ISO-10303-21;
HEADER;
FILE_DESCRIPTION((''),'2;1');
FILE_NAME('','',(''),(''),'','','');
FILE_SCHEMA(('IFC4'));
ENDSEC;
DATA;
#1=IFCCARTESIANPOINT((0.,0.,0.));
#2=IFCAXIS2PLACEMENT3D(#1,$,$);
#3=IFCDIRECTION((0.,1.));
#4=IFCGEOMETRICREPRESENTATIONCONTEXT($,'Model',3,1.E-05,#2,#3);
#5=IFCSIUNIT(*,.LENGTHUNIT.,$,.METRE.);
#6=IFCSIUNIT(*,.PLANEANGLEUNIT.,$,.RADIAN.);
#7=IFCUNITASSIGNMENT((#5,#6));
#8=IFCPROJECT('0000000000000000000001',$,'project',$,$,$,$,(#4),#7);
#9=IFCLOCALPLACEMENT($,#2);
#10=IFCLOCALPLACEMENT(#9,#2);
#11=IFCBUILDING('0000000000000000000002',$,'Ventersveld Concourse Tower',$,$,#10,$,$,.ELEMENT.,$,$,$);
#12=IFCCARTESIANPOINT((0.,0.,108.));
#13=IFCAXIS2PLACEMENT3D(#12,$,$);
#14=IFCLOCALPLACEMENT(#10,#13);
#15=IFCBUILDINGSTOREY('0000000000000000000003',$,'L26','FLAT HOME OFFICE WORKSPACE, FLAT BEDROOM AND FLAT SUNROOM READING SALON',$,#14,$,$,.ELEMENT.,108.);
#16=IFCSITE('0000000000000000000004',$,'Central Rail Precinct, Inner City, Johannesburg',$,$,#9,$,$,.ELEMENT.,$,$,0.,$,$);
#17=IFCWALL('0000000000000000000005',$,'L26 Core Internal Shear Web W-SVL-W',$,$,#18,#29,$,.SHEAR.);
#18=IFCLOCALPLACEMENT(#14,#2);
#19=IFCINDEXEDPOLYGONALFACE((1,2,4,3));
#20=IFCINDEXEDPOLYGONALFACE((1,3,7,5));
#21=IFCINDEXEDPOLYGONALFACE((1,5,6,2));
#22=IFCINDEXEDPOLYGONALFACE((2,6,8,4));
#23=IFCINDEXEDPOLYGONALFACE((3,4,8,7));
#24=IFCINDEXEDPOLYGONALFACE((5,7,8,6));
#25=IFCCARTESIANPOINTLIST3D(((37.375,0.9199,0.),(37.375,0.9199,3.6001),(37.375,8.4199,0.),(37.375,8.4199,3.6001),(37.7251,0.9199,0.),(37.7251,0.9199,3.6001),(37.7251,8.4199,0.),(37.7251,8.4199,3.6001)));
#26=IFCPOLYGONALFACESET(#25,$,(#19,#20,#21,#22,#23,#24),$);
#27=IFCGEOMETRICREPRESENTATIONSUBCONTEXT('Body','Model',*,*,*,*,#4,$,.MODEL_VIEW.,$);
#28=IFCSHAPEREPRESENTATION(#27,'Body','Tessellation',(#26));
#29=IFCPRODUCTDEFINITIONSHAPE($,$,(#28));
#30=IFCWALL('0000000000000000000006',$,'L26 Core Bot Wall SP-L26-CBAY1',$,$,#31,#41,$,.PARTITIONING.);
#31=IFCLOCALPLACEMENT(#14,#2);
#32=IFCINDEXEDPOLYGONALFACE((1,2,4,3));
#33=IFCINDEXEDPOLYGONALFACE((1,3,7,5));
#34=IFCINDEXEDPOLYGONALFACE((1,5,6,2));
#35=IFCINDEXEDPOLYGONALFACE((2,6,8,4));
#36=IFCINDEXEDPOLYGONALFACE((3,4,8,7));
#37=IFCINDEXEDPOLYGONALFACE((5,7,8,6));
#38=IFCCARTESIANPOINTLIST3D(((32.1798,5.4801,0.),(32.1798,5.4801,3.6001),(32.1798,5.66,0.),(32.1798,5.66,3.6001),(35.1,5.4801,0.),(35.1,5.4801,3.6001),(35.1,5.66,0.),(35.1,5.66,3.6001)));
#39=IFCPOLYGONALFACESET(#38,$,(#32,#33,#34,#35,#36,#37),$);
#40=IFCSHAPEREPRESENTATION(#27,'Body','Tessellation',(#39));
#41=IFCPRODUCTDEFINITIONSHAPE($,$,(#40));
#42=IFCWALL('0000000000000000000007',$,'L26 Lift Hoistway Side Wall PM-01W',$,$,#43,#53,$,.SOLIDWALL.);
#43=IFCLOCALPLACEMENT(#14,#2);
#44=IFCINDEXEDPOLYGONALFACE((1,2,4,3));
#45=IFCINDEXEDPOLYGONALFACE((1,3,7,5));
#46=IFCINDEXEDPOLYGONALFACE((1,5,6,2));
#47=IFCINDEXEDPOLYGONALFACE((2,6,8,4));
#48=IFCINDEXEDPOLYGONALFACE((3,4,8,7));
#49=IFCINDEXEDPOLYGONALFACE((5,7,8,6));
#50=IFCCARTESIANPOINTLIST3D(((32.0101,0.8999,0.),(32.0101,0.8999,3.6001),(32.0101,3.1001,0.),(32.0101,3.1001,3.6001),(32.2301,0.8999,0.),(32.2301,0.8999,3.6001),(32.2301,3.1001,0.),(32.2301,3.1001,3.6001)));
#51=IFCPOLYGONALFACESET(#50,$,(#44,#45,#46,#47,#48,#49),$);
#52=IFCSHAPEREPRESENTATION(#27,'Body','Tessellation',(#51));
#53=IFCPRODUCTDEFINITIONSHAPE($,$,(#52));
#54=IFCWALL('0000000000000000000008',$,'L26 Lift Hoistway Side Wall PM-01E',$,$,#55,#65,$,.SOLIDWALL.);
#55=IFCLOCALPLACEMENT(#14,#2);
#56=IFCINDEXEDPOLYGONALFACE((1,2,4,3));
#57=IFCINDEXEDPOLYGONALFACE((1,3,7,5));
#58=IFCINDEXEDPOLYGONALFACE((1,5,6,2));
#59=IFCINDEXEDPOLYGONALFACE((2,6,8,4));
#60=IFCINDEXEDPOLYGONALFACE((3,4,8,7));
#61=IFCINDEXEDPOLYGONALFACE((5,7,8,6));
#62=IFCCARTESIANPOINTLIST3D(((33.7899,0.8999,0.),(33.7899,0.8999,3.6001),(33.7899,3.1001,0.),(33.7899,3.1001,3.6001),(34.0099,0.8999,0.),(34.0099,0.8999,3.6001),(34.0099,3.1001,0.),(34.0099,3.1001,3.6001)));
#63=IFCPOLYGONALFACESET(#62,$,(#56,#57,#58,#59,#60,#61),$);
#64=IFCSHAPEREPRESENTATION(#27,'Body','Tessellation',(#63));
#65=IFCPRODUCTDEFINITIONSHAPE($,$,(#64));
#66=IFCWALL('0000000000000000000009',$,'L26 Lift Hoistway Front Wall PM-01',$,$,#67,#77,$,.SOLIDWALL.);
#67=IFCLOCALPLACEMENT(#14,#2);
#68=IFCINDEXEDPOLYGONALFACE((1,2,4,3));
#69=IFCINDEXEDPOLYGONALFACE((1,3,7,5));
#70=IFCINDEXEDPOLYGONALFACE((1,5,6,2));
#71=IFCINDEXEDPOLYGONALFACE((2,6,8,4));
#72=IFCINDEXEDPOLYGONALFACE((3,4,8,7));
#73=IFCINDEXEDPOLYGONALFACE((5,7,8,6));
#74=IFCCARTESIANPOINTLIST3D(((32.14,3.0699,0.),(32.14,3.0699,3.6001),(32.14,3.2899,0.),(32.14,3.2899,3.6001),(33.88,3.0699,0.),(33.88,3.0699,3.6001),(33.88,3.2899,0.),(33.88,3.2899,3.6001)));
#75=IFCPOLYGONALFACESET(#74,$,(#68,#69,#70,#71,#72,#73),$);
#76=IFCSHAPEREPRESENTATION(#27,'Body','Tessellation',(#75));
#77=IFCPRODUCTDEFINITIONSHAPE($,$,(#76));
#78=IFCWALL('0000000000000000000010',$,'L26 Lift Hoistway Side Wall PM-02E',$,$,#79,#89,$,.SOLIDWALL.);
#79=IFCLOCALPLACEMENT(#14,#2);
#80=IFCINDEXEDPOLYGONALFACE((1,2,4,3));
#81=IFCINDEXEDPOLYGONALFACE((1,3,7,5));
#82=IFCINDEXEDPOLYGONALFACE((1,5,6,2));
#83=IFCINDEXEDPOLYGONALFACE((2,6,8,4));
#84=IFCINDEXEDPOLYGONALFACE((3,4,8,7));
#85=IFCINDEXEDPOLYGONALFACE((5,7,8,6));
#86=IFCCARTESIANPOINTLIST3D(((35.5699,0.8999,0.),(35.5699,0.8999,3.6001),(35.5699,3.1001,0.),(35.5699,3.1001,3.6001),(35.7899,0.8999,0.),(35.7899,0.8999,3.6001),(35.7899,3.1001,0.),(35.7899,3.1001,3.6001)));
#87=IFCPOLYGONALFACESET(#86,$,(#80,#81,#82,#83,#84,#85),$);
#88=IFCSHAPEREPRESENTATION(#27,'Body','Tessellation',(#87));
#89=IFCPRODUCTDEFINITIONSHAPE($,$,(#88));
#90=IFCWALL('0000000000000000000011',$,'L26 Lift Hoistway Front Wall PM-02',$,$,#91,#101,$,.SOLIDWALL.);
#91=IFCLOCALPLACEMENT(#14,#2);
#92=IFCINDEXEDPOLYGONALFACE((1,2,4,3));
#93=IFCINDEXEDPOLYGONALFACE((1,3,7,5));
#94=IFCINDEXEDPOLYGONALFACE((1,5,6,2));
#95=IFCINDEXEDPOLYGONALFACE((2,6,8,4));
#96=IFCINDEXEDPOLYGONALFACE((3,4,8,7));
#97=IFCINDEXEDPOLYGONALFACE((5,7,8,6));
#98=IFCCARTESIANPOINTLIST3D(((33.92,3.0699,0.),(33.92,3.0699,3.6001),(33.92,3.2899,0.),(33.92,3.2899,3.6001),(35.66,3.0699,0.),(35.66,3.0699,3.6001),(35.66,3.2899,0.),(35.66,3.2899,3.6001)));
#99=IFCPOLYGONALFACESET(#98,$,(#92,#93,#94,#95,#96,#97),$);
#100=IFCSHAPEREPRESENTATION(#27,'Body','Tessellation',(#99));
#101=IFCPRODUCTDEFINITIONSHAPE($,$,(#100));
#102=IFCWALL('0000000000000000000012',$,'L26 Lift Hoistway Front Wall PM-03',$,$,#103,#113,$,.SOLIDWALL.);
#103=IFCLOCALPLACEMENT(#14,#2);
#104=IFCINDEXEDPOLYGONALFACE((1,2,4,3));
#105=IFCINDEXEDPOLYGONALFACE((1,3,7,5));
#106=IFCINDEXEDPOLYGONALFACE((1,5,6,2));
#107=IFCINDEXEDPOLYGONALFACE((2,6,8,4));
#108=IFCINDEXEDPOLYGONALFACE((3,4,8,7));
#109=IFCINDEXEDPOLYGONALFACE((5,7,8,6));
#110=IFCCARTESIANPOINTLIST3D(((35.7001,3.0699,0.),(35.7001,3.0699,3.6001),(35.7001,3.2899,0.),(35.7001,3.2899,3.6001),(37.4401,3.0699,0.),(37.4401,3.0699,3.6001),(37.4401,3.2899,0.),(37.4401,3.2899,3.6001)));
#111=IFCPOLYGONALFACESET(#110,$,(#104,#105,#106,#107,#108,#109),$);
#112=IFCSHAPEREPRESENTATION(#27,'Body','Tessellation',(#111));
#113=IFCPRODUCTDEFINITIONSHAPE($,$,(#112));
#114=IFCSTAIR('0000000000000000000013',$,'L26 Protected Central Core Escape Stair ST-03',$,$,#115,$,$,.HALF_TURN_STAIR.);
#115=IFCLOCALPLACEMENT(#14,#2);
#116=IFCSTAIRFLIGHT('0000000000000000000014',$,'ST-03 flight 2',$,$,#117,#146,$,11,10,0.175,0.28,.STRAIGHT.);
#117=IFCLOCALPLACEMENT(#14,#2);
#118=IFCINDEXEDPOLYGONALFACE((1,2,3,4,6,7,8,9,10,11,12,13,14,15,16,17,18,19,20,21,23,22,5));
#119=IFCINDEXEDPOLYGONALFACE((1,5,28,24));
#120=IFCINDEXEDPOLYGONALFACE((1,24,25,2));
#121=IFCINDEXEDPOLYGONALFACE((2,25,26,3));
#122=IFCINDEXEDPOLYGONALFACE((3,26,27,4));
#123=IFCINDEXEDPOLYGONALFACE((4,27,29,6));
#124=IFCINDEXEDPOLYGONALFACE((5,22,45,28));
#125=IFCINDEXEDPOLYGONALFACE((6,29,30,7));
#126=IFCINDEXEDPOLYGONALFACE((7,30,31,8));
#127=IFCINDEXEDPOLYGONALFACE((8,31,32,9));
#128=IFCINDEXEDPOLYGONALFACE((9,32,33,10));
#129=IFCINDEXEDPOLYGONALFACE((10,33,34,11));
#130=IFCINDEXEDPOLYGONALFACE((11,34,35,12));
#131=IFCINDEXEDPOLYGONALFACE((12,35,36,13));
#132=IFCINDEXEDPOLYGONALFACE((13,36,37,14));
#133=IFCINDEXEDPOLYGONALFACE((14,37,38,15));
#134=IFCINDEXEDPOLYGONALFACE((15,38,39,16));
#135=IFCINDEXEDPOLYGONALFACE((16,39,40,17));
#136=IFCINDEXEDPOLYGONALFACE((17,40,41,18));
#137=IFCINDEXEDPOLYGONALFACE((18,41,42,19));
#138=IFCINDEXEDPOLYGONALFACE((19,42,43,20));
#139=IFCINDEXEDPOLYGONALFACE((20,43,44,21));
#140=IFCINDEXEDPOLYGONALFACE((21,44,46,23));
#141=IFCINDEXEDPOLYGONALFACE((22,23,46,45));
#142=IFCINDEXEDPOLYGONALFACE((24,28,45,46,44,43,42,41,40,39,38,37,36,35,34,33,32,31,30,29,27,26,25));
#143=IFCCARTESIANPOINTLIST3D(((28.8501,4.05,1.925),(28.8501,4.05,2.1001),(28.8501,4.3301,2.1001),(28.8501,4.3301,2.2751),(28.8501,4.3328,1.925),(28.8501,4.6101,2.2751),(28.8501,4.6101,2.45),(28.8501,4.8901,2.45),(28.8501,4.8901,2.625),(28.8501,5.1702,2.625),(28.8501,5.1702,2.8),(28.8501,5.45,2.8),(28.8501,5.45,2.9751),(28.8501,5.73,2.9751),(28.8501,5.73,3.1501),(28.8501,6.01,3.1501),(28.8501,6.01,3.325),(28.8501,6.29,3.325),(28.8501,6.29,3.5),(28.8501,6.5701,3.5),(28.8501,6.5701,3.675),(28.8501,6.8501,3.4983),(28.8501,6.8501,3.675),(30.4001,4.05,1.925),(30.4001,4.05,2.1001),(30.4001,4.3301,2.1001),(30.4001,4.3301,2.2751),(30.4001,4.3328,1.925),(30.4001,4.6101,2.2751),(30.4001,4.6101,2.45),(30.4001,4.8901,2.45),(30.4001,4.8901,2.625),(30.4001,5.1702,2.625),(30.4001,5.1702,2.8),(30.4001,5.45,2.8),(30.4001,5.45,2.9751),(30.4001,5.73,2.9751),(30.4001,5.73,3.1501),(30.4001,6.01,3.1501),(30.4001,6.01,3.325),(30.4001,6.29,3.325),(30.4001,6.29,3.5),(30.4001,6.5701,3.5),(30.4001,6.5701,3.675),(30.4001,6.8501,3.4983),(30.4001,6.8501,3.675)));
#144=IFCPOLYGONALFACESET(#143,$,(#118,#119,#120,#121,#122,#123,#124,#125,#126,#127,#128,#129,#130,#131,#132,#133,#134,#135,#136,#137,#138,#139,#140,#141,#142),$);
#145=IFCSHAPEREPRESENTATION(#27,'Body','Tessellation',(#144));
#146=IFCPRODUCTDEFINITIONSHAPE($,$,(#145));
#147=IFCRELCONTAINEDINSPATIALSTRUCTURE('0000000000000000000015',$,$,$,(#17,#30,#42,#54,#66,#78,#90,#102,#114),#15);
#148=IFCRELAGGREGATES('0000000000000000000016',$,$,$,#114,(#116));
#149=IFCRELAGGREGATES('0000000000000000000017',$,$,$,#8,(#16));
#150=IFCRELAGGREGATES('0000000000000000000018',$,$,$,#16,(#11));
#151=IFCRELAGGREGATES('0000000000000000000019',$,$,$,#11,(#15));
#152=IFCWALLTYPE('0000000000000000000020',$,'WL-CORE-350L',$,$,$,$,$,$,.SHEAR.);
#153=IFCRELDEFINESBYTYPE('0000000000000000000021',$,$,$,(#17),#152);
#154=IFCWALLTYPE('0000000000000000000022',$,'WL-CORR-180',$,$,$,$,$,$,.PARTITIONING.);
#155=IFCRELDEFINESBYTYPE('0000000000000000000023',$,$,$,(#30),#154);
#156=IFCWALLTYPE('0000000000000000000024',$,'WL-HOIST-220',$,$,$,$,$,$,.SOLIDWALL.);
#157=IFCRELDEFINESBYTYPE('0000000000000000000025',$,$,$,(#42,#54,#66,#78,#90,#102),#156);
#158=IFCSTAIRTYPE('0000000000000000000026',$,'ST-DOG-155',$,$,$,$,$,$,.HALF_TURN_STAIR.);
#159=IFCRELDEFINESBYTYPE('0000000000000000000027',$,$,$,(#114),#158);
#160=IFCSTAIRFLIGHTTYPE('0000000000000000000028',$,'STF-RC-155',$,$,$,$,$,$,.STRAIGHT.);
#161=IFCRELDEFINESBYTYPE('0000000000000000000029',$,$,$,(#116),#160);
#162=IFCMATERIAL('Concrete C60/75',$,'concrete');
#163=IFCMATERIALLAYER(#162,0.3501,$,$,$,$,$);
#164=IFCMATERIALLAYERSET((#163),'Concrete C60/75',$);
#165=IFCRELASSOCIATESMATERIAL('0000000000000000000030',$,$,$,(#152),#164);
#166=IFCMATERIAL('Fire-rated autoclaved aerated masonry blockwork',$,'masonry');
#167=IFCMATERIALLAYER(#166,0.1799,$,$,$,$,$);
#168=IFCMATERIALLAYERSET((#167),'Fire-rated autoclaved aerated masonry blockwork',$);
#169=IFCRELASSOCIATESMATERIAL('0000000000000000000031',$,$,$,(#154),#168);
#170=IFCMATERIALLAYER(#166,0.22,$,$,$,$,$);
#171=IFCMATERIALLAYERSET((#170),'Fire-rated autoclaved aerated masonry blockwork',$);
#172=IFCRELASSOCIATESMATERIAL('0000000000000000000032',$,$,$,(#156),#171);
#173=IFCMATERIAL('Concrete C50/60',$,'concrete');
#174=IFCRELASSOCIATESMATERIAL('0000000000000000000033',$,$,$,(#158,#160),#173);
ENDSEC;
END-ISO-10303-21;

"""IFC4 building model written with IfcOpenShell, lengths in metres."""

from ifc_helpers import new_model, si_unit, direction, frame, frame_2d, origin, place, context, subcontext, project, spatial, polyline, rectangle, outline, extrude, material, layer, layer_set, type_object, element, aggregate, save


model = new_model("IFC4")

# Units and contexts
model_context = context("Model", 3, precision=1e-05, world=origin(), true_north=direction((0.0, 1.0)))
body_context = subcontext(model_context, "Body", "Model", "MODEL_VIEW")
ifc_project = project(units=[si_unit("LENGTHUNIT", "METRE"), si_unit("PLANEANGLEUNIT", "RADIAN")], contexts=[model_context])

# Site, building, storey
site_placement = place(None, origin())
site = spatial("IfcSite", under=ifc_project, at=site_placement, Name="Central Rail Precinct, Inner City, Johannesburg", CompositionType="ELEMENT", RefElevation=0.0)
building_placement = place(site_placement, origin())
building = spatial("IfcBuilding", under=site, at=building_placement, Name="Ventersveld Concourse Tower", CompositionType="ELEMENT")
storey_placement = place(building_placement, frame((0.0, 0.0, 108.0)))
storey = spatial("IfcBuildingStorey", under=building, at=storey_placement, Name="L26", Description="FLAT HOME OFFICE WORKSPACE, FLAT BEDROOM AND FLAT SUNROOM READING SALON", CompositionType="ELEMENT", Elevation=108.0)

# Shared definitions
ifc_material_1 = material(Name="Concrete C50/60", Category="concrete")

# Walls
ifc_material_2 = material(Name="Concrete C60/75", Category="concrete")
ifc_layer_1 = layer(ifc_material_2, 0.3501)
ifc_layer_set_1 = layer_set([ifc_layer_1], Name="Concrete C60/75")
wall_type_1 = type_object("IfcWallType", Name="WL-CORE-350L", PredefinedType="SHEAR", material=ifc_layer_set_1)
for number, where, z_axis, x_axis, name in (
    (1, (37.55, 0.9199, 0.0), (0.0, 0.0, 1.0), (0.0, 1.0, 0.0), "L26 Core Internal Shear Web W-SVL-W"),
):
    element("IfcWall", number, at=place(storey_placement, frame(where, z_axis=z_axis, x_axis=x_axis)), inside=storey, type_object=wall_type_1, Name=name, PredefinedType="SHEAR", context=body_context, shape_type="SweptSolid", body=[
        extrude(rectangle(XDim=7.5, YDim=0.3501, at=frame_2d((3.75, 0.0))), origin(), (0.0, 0.0, 1.0), 3.6001),
    ])
ifc_material_3 = material(Name="Fire-rated autoclaved aerated masonry blockwork", Category="masonry")
ifc_layer_2 = layer(ifc_material_3, 0.1799)
ifc_layer_set_2 = layer_set([ifc_layer_2], Name="Fire-rated autoclaved aerated masonry blockwork")
wall_type_2 = type_object("IfcWallType", Name="WL-CORR-180", PredefinedType="PARTITIONING", material=ifc_layer_set_2)
wall_1_placement = place(storey_placement, frame((32.1799, 5.5701, 0.0), z_axis=(0.0, 0.0, 1.0), x_axis=(1.0, 0.0, 0.0)))
element("IfcWall", 2, at=wall_1_placement, inside=storey, type_object=wall_type_2, Name="L26 Core Bot Wall SP-L26-CBAY1", PredefinedType="PARTITIONING", context=body_context, shape_type="SweptSolid", body=[
    extrude(rectangle(XDim=2.9202, YDim=0.1799, at=frame_2d((1.46, 0.0))), origin(), (0.0, 0.0, 1.0), 3.6001),
])
ifc_layer_3 = layer(ifc_material_3, 0.22)
ifc_layer_set_3 = layer_set([ifc_layer_3], Name="Fire-rated autoclaved aerated masonry blockwork")
wall_type_3 = type_object("IfcWallType", Name="WL-HOIST-220", PredefinedType="SOLIDWALL", material=ifc_layer_set_3)
for number, where, z_axis, x_axis, name in (
    (3, (32.1201, 0.8999, 0.0), (0.0, 0.0, 1.0), (0.0, 1.0, 0.0), "L26 Lift Hoistway Side Wall PM-01W"),
    (4, (33.8999, 0.8999, 0.0), (0.0, 0.0, 1.0), (0.0, 1.0, 0.0), "L26 Lift Hoistway Side Wall PM-01E"),
):
    element("IfcWall", number, at=place(storey_placement, frame(where, z_axis=z_axis, x_axis=x_axis)), inside=storey, type_object=wall_type_3, Name=name, PredefinedType="SOLIDWALL", context=body_context, shape_type="SweptSolid", body=[
        extrude(rectangle(XDim=2.2002, YDim=0.22, at=frame_2d((1.1001, 0.0))), origin(), (0.0, 0.0, 1.0), 3.6001),
    ])
wall_2_placement = place(storey_placement, frame((32.1399, 3.1799, 0.0), z_axis=(0.0, 0.0, 1.0), x_axis=(1.0, 0.0, 0.0)))
element("IfcWall", 5, at=wall_2_placement, inside=storey, type_object=wall_type_3, Name="L26 Lift Hoistway Front Wall PM-01", PredefinedType="SOLIDWALL", context=body_context, shape_type="SweptSolid", body=[
    extrude(rectangle(XDim=1.74, YDim=0.22, at=frame_2d((0.8701, 0.0))), origin(), (0.0, 0.0, 1.0), 3.6001),
])
wall_3_placement = place(storey_placement, frame((35.6799, 0.8999, 0.0), z_axis=(0.0, 0.0, 1.0), x_axis=(0.0, 1.0, 0.0)))
element("IfcWall", 6, at=wall_3_placement, inside=storey, type_object=wall_type_3, Name="L26 Lift Hoistway Side Wall PM-02E", PredefinedType="SOLIDWALL", context=body_context, shape_type="SweptSolid", body=[
    extrude(rectangle(XDim=2.2002, YDim=0.22, at=frame_2d((1.1001, 0.0))), origin(), (0.0, 0.0, 1.0), 3.6001),
])
for number, where, z_axis, x_axis, name in (
    (7, (33.9199, 3.1799, 0.0), (0.0, 0.0, 1.0), (1.0, 0.0, 0.0), "L26 Lift Hoistway Front Wall PM-02"),
    (8, (35.7, 3.1799, 0.0), (0.0, 0.0, 1.0), (1.0, 0.0, 0.0), "L26 Lift Hoistway Front Wall PM-03"),
):
    element("IfcWall", number, at=place(storey_placement, frame(where, z_axis=z_axis, x_axis=x_axis)), inside=storey, type_object=wall_type_3, Name=name, PredefinedType="SOLIDWALL", context=body_context, shape_type="SweptSolid", body=[
        extrude(rectangle(XDim=1.74, YDim=0.22, at=frame_2d((0.8701, 0.0))), origin(), (0.0, 0.0, 1.0), 3.6001),
    ])

# Stair, stair flight
stair_type = type_object("IfcStairType", Name="ST-DOG-155", PredefinedType="HALF_TURN_STAIR", material=ifc_material_1)
stair_placement = place(storey_placement, origin())
stair = element("IfcStair", 9, at=stair_placement, inside=storey, type_object=stair_type, Name="L26 Protected Central Core Escape Stair ST-03", PredefinedType="HALF_TURN_STAIR")
stair_flight_type = type_object("IfcStairFlightType", Name="STF-RC-155", PredefinedType="STRAIGHT", material=ifc_material_1)
stair_flight_placement = place(storey_placement, frame((29.625, 4.05, 1.925), z_axis=(0.0, 0.0, 1.0), x_axis=(0.0, 1.0, 0.0)))
stair_flight = element("IfcStairFlight", 10, at=stair_flight_placement, type_object=stair_flight_type, Name="ST-03 flight 2", NumberOfRisers=11, NumberOfTreads=10, PredefinedType="STRAIGHT", RiserHeight=0.175, TreadLength=0.28, context=body_context, shape_type="SweptSolid", body=[
    extrude(outline(polyline([(0.0, 0.0), (0.0, 0.175), (0.28, 0.175), (0.28, 0.3501), (0.5601, 0.3501), (0.5601, 0.5249), (0.8401, 0.5249), (0.8401, 0.7), (1.1201, 0.7), (1.1201, 0.875), (1.3999, 0.875), (1.3999, 1.05), (1.6799, 1.05), (1.6799, 1.2251), (1.96, 1.2251), (1.96, 1.3999), (2.24, 1.3999), (2.24, 1.575), (2.52, 1.575), (2.52, 1.75), (2.8, 1.75), (2.8, 1.925), (2.8, 1.5732), (0.2827, 0.0), (0.0, 0.0)])), frame((0.0, 0.7749, 0.0), z_axis=(0.0, -1.0, 0.0), x_axis=(1.0, 0.0, 0.0)), (0.0, 0.0, 1.0), 1.55),
])
aggregate(stair, [stair_flight])

save(model, "model.ifc")
